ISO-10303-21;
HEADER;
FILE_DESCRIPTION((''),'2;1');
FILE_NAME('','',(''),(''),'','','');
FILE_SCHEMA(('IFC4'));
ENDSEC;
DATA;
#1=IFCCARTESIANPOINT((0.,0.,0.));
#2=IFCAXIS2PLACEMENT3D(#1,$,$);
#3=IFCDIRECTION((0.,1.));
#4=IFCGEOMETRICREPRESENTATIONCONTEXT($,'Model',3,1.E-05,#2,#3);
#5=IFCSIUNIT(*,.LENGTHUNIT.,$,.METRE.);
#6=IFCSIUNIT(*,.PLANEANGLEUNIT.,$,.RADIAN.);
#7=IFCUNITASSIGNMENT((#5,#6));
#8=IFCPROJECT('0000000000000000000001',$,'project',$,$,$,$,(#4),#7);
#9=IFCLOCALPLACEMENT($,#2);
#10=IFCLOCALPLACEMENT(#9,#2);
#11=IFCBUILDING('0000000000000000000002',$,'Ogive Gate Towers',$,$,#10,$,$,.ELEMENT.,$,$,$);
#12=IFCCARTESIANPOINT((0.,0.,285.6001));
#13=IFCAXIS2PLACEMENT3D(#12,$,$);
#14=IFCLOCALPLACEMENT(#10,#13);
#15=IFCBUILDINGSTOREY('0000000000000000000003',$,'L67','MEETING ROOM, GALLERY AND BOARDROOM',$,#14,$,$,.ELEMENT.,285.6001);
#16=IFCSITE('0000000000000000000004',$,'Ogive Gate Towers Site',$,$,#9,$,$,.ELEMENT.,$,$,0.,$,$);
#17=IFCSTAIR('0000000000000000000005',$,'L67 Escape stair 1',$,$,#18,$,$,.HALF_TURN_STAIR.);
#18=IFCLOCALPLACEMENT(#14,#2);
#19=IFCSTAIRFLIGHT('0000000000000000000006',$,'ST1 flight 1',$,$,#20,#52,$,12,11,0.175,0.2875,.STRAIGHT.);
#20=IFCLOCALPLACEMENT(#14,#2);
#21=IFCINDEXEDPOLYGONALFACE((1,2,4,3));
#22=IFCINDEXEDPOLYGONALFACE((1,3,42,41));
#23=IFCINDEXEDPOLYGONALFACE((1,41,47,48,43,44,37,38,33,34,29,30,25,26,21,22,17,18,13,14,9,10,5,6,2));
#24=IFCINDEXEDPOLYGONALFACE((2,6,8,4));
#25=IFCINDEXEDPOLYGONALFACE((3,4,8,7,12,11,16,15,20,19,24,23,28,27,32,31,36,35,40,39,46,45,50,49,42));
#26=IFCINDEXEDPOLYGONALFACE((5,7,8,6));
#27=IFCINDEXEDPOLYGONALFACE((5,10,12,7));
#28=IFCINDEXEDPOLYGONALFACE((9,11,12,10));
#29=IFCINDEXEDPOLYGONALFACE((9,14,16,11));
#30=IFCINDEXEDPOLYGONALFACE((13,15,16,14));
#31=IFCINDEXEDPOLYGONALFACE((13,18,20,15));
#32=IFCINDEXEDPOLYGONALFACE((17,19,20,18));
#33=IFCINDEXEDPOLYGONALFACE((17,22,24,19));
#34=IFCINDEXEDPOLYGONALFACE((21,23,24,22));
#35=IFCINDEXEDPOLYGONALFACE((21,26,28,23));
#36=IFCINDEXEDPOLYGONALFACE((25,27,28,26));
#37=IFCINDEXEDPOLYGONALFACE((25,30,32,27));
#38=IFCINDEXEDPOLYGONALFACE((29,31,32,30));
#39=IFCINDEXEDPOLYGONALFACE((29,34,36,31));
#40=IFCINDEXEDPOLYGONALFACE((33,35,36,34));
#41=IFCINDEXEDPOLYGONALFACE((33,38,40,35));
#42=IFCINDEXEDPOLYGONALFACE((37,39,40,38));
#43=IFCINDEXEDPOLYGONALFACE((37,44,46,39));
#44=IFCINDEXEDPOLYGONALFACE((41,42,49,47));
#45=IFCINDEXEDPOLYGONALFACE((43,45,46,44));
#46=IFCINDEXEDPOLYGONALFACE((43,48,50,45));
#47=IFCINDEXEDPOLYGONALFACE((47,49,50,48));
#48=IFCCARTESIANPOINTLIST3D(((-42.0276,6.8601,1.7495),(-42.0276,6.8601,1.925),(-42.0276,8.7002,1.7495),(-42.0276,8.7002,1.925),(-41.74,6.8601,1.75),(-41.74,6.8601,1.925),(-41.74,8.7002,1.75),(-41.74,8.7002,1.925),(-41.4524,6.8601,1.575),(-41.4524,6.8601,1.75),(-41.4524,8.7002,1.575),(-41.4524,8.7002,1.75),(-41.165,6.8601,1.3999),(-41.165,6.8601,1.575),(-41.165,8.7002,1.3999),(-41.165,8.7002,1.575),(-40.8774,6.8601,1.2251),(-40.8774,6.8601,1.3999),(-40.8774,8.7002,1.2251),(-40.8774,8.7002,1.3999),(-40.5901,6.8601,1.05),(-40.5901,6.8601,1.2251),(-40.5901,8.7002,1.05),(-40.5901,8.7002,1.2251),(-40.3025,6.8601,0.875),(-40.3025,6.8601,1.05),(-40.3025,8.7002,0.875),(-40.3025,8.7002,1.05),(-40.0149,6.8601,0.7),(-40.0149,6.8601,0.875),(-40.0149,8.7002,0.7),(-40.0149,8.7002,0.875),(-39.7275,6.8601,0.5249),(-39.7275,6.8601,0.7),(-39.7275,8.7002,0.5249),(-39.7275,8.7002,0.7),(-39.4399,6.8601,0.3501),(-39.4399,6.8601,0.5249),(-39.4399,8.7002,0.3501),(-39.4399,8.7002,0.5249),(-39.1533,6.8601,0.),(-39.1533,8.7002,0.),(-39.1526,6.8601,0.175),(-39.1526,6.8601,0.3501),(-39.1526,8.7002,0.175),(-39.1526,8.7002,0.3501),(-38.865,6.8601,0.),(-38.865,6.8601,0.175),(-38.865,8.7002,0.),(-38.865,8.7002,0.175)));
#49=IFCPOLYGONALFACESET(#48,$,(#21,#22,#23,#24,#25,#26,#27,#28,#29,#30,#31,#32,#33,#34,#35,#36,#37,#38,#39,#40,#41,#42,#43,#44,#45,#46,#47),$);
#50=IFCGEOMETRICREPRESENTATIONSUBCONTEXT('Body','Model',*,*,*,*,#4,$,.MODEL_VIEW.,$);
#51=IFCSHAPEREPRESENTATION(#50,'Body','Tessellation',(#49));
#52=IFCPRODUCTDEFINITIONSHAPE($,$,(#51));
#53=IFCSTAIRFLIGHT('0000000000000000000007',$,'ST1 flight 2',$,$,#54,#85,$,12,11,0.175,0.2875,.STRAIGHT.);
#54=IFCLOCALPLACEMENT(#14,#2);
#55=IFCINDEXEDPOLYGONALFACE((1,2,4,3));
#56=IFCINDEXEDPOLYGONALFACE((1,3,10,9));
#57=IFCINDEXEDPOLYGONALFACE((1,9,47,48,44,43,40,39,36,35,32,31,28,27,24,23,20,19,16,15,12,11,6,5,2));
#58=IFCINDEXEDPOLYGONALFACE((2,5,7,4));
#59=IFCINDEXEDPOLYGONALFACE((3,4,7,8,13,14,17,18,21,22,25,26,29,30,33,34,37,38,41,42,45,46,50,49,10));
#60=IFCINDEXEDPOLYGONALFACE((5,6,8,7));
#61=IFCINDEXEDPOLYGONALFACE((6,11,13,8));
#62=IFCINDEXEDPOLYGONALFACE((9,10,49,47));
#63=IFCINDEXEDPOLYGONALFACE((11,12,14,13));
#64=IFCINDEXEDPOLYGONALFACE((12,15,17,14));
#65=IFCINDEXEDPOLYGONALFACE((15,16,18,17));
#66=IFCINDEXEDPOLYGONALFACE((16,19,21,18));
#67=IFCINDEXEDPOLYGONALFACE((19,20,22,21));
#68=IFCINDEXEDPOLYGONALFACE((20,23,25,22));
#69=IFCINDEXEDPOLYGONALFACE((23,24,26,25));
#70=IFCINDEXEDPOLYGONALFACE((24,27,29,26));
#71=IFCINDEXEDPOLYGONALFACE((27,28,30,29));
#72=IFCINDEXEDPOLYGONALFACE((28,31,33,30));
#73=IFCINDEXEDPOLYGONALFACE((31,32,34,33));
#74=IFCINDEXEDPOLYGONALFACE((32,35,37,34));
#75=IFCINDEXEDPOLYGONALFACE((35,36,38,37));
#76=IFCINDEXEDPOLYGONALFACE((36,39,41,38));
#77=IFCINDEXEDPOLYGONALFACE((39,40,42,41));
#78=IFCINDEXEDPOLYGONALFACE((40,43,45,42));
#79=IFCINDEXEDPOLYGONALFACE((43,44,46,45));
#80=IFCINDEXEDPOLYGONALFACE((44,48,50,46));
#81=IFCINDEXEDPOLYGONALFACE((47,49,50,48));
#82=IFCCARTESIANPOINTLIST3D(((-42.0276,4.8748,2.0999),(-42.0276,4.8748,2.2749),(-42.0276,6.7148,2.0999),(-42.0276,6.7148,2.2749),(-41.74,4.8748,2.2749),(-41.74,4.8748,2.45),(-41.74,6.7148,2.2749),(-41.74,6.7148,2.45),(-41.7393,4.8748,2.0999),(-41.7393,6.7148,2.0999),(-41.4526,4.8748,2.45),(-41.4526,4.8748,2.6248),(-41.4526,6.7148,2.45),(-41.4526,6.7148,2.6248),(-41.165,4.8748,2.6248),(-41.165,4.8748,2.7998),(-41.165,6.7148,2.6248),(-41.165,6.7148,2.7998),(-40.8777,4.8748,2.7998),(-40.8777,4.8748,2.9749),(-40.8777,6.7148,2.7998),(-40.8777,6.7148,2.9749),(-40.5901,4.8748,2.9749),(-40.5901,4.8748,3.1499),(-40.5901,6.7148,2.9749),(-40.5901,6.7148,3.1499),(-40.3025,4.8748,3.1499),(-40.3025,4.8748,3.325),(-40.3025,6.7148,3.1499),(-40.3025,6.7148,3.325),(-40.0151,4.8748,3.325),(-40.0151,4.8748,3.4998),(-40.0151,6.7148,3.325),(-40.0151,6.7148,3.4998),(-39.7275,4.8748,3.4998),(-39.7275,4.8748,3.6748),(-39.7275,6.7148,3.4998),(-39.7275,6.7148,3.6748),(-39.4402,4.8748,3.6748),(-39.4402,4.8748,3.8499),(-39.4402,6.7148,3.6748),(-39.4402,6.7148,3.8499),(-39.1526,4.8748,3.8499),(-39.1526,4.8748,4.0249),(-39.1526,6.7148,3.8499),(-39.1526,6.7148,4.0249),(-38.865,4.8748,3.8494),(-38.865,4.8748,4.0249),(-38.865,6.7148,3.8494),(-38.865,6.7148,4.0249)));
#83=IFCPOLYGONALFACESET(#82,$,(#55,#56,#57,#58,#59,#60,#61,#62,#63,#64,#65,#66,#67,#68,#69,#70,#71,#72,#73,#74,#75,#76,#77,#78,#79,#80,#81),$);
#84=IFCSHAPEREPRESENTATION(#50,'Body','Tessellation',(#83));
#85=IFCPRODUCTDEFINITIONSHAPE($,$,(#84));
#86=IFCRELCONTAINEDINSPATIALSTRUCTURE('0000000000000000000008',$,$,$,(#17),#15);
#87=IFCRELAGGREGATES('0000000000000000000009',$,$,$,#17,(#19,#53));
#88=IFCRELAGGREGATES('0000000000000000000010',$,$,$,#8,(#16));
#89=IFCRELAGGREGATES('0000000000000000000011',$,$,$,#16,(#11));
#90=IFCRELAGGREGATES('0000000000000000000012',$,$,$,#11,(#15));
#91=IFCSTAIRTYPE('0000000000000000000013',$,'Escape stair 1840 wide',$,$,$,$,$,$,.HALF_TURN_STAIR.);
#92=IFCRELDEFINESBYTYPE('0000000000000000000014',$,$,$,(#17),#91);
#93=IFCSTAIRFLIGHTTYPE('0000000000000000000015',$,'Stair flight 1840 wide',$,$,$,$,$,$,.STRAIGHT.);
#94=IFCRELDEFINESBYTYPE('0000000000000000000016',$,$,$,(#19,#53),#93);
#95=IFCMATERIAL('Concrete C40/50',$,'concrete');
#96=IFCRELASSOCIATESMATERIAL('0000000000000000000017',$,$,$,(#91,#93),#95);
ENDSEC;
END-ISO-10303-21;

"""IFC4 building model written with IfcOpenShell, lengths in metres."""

from ifc_helpers import new_model, si_unit, direction, frame, origin, place, context, subcontext, project, spatial, polyline, outline, extrude, material, type_object, element, aggregate, save


model = new_model("IFC4")

# Units and contexts
model_context = context("Model", 3, precision=1e-05, world=origin(), true_north=direction((0.0, 1.0)))
body_context = subcontext(model_context, "Body", "Model", "MODEL_VIEW")
ifc_project = project(units=[si_unit("LENGTHUNIT", "METRE"), si_unit("PLANEANGLEUNIT", "RADIAN")], contexts=[model_context])

# Site, building, storey
site_placement = place(None, origin())
site = spatial("IfcSite", under=ifc_project, at=site_placement, Name="Ogive Gate Towers Site", CompositionType="ELEMENT", RefElevation=0.0)
building_placement = place(site_placement, origin())
building = spatial("IfcBuilding", under=site, at=building_placement, Name="Ogive Gate Towers", CompositionType="ELEMENT")
storey_placement = place(building_placement, frame((0.0, 0.0, 285.6001)))
storey = spatial("IfcBuildingStorey", under=building, at=storey_placement, Name="L67", Description="MEETING ROOM, GALLERY AND BOARDROOM", CompositionType="ELEMENT", Elevation=285.6001)

# Stair, stair flights
ifc_material_1 = material(Name="Concrete C40/50", Category="concrete")
stair_type = type_object("IfcStairType", Name="Escape stair 1840 wide", PredefinedType="HALF_TURN_STAIR", material=ifc_material_1)
stair_placement = place(storey_placement, origin())
stair = element("IfcStair", 1, at=stair_placement, inside=storey, type_object=stair_type, Name="L67 Escape stair 1", PredefinedType="HALF_TURN_STAIR")
stair_flight_type = type_object("IfcStairFlightType", Name="Stair flight 1840 wide", PredefinedType="STRAIGHT", material=ifc_material_1)
stair_flight_1_placement = place(storey_placement, frame((-38.865, 7.78, 0.0), z_axis=(0.0, 0.0, 1.0), x_axis=(-1.0, 0.0, 0.0)))
stair_flight_1 = element("IfcStairFlight", 2, at=stair_flight_1_placement, type_object=stair_flight_type, Name="ST1 flight 1", NumberOfRisers=12, NumberOfTreads=11, PredefinedType="STRAIGHT", RiserHeight=0.175, TreadLength=0.2875, context=body_context, shape_type="SweptSolid", body=[
    extrude(outline(polyline([(0.0, 0.0), (0.0, 0.175), (0.2876, 0.175), (0.2876, 0.3501), (0.575, 0.3501), (0.575, 0.5249), (0.8625, 0.5249), (0.8625, 0.7), (1.1499, 0.7), (1.1499, 0.875), (1.4375, 0.875), (1.4375, 1.05), (1.7251, 1.05), (1.7251, 1.2251), (2.0125, 1.2251), (2.0125, 1.3999), (2.3, 1.3999), (2.3, 1.575), (2.5874, 1.575), (2.5874, 1.75), (2.875, 1.75), (2.875, 1.925), (3.1626, 1.925), (3.1626, 2.1001), (3.1626, 1.7495), (0.2883, 0.0), (0.0, 0.0)])), frame((0.0, 0.9199, 0.0), z_axis=(0.0, -1.0, 0.0), x_axis=(1.0, 0.0, 0.0)), (0.0, 0.0, 1.0), 1.8401),
])
stair_flight_2_placement = place(storey_placement, frame((-42.0276, 5.7949, 2.0999), z_axis=(0.0, 0.0, 1.0), x_axis=(1.0, 0.0, 0.0)))
stair_flight_2 = element("IfcStairFlight", 3, at=stair_flight_2_placement, type_object=stair_flight_type, Name="ST1 flight 2", NumberOfRisers=12, NumberOfTreads=11, PredefinedType="STRAIGHT", RiserHeight=0.175, TreadLength=0.2875, context=body_context, shape_type="SweptSolid", body=[
    extrude(outline(polyline([(0.0, 0.0), (0.0, 0.175), (0.2876, 0.175), (0.2876, 0.3501), (0.575, 0.3501), (0.575, 0.5249), (0.8625, 0.5249), (0.8625, 0.7), (1.1499, 0.7), (1.1499, 0.875), (1.4375, 0.875), (1.4375, 1.05), (1.7251, 1.05), (1.7251, 1.2251), (2.0125, 1.2251), (2.0125, 1.3999), (2.3, 1.3999), (2.3, 1.575), (2.5874, 1.575), (2.5874, 1.75), (2.875, 1.75), (2.875, 1.925), (3.1626, 1.925), (3.1626, 2.1001), (3.1626, 1.7495), (0.2883, 0.0), (0.0, 0.0)])), frame((0.0, 0.9199, 0.0), z_axis=(0.0, -1.0, 0.0), x_axis=(1.0, 0.0, 0.0)), (0.0, 0.0, 1.0), 1.8401),
])
aggregate(stair, [stair_flight_1, stair_flight_2])

save(model, "model.ifc")
